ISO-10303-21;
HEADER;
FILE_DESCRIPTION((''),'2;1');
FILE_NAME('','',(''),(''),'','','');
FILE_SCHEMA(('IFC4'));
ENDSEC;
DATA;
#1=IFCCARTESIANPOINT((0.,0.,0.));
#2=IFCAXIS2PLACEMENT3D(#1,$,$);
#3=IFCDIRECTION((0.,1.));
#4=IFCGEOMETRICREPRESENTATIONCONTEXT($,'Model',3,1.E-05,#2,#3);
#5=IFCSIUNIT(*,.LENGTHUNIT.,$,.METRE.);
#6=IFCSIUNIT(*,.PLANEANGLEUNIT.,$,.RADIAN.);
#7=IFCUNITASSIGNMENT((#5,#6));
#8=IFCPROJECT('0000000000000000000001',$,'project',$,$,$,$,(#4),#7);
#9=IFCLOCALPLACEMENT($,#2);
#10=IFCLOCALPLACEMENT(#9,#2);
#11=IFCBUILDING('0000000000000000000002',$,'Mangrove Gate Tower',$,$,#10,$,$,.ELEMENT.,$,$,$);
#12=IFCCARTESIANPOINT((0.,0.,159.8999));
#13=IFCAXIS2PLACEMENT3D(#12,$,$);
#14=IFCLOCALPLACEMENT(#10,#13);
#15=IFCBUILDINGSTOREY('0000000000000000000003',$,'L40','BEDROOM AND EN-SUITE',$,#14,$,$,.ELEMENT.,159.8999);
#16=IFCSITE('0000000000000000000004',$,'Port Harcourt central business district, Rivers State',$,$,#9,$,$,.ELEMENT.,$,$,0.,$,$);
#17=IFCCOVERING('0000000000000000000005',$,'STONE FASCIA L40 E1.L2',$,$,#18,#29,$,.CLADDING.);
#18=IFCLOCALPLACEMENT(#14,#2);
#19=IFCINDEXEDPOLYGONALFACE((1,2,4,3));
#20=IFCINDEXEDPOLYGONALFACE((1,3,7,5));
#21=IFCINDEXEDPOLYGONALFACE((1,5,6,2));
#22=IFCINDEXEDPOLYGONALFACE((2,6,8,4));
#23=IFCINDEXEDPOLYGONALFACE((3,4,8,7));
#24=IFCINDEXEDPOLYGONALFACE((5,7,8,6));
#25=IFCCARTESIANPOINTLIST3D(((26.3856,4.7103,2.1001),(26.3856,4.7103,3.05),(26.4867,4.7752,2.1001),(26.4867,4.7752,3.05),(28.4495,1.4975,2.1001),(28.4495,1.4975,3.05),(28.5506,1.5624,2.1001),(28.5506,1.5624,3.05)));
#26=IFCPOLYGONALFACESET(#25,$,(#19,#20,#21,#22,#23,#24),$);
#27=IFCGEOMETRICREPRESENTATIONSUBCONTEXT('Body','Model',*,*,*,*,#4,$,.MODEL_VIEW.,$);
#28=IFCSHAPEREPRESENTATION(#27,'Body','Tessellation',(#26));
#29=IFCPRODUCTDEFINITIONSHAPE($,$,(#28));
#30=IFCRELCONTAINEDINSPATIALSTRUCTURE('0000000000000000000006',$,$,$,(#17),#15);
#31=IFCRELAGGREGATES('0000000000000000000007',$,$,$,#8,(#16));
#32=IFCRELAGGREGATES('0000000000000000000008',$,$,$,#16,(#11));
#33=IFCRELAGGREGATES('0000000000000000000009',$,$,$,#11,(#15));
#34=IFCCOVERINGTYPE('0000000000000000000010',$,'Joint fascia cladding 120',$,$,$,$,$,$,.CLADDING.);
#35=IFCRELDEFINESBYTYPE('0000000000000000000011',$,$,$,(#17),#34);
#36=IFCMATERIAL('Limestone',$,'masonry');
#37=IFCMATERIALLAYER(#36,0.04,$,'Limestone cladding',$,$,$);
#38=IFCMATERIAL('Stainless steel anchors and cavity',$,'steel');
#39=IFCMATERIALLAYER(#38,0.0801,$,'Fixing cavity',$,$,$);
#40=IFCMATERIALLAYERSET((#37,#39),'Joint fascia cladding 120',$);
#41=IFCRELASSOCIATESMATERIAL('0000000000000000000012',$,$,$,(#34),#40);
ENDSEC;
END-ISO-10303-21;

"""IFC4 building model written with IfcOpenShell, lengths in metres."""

from ifc_helpers import new_model, si_unit, direction, frame, frame_2d, origin, place, context, subcontext, project, spatial, rectangle, extrude, material, layer, layer_set, type_object, element, save


model = new_model("IFC4")

# Units and contexts
model_context = context("Model", 3, precision=1e-05, world=origin(), true_north=direction((0.0, 1.0)))
body_context = subcontext(model_context, "Body", "Model", "MODEL_VIEW")
ifc_project = project(units=[si_unit("LENGTHUNIT", "METRE"), si_unit("PLANEANGLEUNIT", "RADIAN")], contexts=[model_context])

# Site, building, storey
site_placement = place(None, origin())
site = spatial("IfcSite", under=ifc_project, at=site_placement, Name="Port Harcourt central business district, Rivers State", CompositionType="ELEMENT", RefElevation=0.0)
building_placement = place(site_placement, origin())
building = spatial("IfcBuilding", under=site, at=building_placement, Name="Mangrove Gate Tower", CompositionType="ELEMENT")
storey_placement = place(building_placement, frame((0.0, 0.0, 159.8999)))
storey = spatial("IfcBuildingStorey", under=building, at=storey_placement, Name="L40", Description="BEDROOM AND EN-SUITE", CompositionType="ELEMENT", Elevation=159.8999)

# Shared definitions
ifc_material_1 = material(Name="Limestone", Category="masonry")

# Covering
ifc_layer_1 = layer(ifc_material_1, 0.04, Name="Limestone cladding")
ifc_material_2 = material(Name="Stainless steel anchors and cavity", Category="steel")
ifc_layer_2 = layer(ifc_material_2, 0.0801, Name="Fixing cavity")
ifc_layer_set_1 = layer_set([ifc_layer_1, ifc_layer_2], Name="Joint fascia cladding 120")
covering_type = type_object("IfcCoveringType", Name="Joint fascia cladding 120", PredefinedType="CLADDING", material=ifc_layer_set_1)
covering_placement = place(storey_placement, frame((28.5, 1.53, 2.1001), z_axis=(0.0, 0.0, 1.0), x_axis=(-0.540486, 0.841353, 0.0)))
element("IfcCovering", 1, at=covering_placement, inside=storey, type_object=covering_type, Name="STONE FASCIA L40 E1.L2", PredefinedType="CLADDING", context=body_context, shape_type="SweptSolid", body=[
    extrude(rectangle(XDim=3.8186, YDim=0.1201, at=frame_2d((1.9092, 0.0))), origin(), (0.0, 0.0, 1.0), 0.95),
])

save(model, "model.ifc")
